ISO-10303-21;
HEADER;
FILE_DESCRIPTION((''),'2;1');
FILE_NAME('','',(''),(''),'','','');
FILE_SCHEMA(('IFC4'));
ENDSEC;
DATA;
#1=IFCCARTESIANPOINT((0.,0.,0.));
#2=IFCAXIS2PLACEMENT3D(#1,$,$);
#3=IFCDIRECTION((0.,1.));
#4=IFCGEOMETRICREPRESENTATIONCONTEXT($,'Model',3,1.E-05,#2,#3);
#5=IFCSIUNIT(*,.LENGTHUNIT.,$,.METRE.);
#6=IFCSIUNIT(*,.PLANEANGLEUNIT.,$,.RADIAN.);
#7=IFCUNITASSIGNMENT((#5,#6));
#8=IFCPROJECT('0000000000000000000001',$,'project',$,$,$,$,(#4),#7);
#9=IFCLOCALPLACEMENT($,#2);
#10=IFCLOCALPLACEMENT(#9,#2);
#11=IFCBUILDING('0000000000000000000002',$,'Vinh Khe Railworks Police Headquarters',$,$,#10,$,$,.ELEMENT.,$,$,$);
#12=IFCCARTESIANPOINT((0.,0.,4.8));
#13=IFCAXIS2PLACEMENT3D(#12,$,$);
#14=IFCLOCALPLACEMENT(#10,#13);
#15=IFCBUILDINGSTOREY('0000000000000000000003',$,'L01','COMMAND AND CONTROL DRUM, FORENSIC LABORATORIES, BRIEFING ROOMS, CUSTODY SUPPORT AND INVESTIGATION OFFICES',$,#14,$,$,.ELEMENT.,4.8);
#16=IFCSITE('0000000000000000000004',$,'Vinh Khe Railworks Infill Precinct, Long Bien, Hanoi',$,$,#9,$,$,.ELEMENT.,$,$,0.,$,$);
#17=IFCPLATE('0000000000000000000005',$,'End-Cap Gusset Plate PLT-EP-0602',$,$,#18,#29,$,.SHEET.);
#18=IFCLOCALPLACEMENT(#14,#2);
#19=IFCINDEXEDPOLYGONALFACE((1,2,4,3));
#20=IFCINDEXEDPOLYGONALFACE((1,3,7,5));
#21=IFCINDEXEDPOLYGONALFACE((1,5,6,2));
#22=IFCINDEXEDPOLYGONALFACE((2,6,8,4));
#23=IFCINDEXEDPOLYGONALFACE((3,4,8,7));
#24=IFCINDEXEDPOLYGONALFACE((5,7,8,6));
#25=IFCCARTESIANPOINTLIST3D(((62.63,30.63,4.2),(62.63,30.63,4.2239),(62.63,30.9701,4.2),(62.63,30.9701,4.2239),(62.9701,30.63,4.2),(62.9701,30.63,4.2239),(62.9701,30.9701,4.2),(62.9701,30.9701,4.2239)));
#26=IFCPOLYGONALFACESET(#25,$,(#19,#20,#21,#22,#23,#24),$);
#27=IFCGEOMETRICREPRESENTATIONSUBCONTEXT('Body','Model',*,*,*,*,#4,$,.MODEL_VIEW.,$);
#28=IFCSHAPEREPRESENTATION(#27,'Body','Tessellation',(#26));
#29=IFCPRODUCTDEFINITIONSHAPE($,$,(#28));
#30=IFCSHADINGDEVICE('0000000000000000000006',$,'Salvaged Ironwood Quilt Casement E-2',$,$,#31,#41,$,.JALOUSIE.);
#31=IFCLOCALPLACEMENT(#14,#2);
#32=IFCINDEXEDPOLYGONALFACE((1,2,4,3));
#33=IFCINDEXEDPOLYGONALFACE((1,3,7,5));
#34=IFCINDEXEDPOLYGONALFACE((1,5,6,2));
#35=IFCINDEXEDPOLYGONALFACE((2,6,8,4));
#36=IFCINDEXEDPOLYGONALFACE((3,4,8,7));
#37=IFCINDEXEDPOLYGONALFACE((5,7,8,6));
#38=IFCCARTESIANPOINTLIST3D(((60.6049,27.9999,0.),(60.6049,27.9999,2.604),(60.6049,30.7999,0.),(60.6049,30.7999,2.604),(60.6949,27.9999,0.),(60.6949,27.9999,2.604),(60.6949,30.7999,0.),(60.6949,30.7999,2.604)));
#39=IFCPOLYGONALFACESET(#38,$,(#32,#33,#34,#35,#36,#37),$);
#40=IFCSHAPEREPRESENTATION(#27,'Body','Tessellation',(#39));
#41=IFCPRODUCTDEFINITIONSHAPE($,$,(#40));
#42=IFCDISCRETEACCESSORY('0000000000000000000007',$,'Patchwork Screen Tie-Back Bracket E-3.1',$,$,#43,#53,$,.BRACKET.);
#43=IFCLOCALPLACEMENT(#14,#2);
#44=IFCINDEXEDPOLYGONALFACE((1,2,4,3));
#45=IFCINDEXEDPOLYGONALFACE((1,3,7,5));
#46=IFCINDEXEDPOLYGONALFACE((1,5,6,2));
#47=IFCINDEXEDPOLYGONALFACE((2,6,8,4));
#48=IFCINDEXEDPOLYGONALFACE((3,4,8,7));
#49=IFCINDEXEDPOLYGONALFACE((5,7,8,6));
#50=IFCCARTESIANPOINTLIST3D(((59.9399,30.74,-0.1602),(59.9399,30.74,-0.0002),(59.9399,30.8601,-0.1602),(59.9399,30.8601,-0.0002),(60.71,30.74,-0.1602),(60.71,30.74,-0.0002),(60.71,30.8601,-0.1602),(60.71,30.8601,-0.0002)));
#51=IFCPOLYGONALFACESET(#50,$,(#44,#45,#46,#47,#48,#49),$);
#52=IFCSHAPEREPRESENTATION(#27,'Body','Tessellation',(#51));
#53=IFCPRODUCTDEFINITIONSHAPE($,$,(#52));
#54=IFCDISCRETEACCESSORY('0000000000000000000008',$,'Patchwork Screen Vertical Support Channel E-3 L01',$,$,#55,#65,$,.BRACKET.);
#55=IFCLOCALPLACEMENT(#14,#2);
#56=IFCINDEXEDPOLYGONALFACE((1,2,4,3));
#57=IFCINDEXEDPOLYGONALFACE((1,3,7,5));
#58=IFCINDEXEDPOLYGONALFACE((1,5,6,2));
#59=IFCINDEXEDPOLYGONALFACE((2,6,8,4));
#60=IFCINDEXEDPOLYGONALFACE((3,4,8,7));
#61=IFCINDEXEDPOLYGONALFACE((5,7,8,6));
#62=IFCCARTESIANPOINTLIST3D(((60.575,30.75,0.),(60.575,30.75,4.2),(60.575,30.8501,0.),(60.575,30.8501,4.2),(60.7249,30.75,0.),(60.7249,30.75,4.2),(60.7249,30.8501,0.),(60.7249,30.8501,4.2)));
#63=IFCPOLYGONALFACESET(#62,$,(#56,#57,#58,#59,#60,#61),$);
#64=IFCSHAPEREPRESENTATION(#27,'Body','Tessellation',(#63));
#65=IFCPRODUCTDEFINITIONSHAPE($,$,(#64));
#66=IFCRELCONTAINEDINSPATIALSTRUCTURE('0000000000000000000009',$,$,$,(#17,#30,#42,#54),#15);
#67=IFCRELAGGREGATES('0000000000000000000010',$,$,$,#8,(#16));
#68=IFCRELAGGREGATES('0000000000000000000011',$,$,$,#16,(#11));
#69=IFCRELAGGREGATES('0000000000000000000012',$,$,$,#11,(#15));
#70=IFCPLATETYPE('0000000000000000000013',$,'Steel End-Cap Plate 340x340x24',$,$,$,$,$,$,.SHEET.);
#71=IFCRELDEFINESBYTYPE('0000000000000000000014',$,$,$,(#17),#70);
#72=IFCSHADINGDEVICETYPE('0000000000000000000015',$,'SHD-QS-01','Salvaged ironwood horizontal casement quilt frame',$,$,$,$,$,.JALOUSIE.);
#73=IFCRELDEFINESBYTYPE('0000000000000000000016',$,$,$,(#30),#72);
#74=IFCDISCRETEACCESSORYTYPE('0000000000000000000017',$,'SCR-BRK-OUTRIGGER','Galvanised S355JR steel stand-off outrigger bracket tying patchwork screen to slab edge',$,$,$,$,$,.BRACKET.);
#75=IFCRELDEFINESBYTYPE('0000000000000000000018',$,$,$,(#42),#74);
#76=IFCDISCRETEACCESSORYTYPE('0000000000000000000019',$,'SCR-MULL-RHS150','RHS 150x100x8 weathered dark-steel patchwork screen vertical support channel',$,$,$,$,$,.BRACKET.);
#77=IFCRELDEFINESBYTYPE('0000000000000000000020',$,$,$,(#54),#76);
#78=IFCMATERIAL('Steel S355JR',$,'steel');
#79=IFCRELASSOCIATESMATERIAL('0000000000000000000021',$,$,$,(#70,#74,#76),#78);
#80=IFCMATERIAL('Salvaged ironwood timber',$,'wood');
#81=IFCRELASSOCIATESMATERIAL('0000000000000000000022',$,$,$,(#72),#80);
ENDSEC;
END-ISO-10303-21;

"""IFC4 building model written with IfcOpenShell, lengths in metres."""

from ifc_helpers import new_model, si_unit, direction, frame, origin, origin_2d, place, context, subcontext, project, spatial, rectangle, extrude, material, material_profile, profile_set, type_object, element, save


model = new_model("IFC4")

# Units and contexts
model_context = context("Model", 3, precision=1e-05, world=origin(), true_north=direction((0.0, 1.0)))
body_context = subcontext(model_context, "Body", "Model", "MODEL_VIEW")
ifc_project = project(units=[si_unit("LENGTHUNIT", "METRE"), si_unit("PLANEANGLEUNIT", "RADIAN")], contexts=[model_context])

# Site, building, storey
site_placement = place(None, origin())
site = spatial("IfcSite", under=ifc_project, at=site_placement, Name="Vinh Khe Railworks Infill Precinct, Long Bien, Hanoi", CompositionType="ELEMENT", RefElevation=0.0)
building_placement = place(site_placement, origin())
building = spatial("IfcBuilding", under=site, at=building_placement, Name="Vinh Khe Railworks Police Headquarters", CompositionType="ELEMENT")
storey_placement = place(building_placement, frame((0.0, 0.0, 4.8)))
storey = spatial("IfcBuildingStorey", under=building, at=storey_placement, Name="L01", Description="COMMAND AND CONTROL DRUM, FORENSIC LABORATORIES, BRIEFING ROOMS, CUSTODY SUPPORT AND INVESTIGATION OFFICES", CompositionType="ELEMENT", Elevation=4.8)

# Shared definitions
ifc_material_1 = material(Name="Steel S355JR", Category="steel")

# Shared definitions
ifc_material_2 = material(Name="Salvaged ironwood timber", Category="wood")

# Plate
ifc_material_profile_1 = material_profile(ifc_material_1, rectangle(XDim=0.3401, YDim=0.3401, at=origin_2d()), Name="PL 340x340")
ifc_profile_set_1 = profile_set([ifc_material_profile_1], Name="Steel S355JR")
plate_type_1 = type_object("IfcPlateType", Name="Steel End-Cap Plate 340x340x24", PredefinedType="SHEET", material=ifc_profile_set_1)
plate_1_placement = place(storey_placement, frame((62.8, 30.8, 4.2), z_axis=(0.0, 0.0, 1.0), x_axis=(1.0, 0.0, 0.0)))
element("IfcPlate", 1, at=plate_1_placement, inside=storey, type_object=plate_type_1, Name="End-Cap Gusset Plate PLT-EP-0602", PredefinedType="SHEET", context=body_context, shape_type="SweptSolid", body=[
    extrude(rectangle(XDim=0.3401, YDim=0.3401, at=origin_2d()), origin(), (0.0, 0.0, 1.0), 0.0239),
])

# Shading device
shading_device_type = type_object("IfcShadingDeviceType", Name="SHD-QS-01", Description="Salvaged ironwood horizontal casement quilt frame", PredefinedType="JALOUSIE", material=ifc_material_2)
shading_device_placement = place(storey_placement, frame((60.6499, 29.3999, 0.0), z_axis=(0.0, 0.0, 1.0), x_axis=(0.0, 1.0, 0.0)))
element("IfcShadingDevice", 2, at=shading_device_placement, inside=storey, type_object=shading_device_type, Name="Salvaged Ironwood Quilt Casement E-2", PredefinedType="JALOUSIE", context=body_context, shape_type="SweptSolid", body=[
    extrude(rectangle(XDim=2.8, YDim=0.0901, at=origin_2d()), origin(), (0.0, 0.0, 1.0), 2.604),
])

# Discrete accessories
discrete_accessory_type_1 = type_object("IfcDiscreteAccessoryType", Name="SCR-BRK-OUTRIGGER", Description="Galvanised S355JR steel stand-off outrigger bracket tying patchwork screen to slab edge", PredefinedType="BRACKET", material=ifc_material_1)
discrete_accessory_1_placement = place(storey_placement, frame((60.325, 30.8, -0.1602), z_axis=(0.0, 0.0, 1.0), x_axis=(1.0, 0.0, 0.0)))
element("IfcDiscreteAccessory", 3, at=discrete_accessory_1_placement, inside=storey, type_object=discrete_accessory_type_1, Name="Patchwork Screen Tie-Back Bracket E-3.1", PredefinedType="BRACKET", context=body_context, shape_type="SweptSolid", body=[
    extrude(rectangle(XDim=0.77, YDim=0.1201, at=origin_2d()), origin(), (0.0, 0.0, 1.0), 0.1599),
])
discrete_accessory_type_2 = type_object("IfcDiscreteAccessoryType", Name="SCR-MULL-RHS150", Description="RHS 150x100x8 weathered dark-steel patchwork screen vertical support channel", PredefinedType="BRACKET", material=ifc_material_1)
discrete_accessory_2_placement = place(storey_placement, frame((60.6499, 30.8, 0.0), z_axis=(0.0, 0.0, 1.0), x_axis=(1.0, 0.0, 0.0)))
element("IfcDiscreteAccessory", 4, at=discrete_accessory_2_placement, inside=storey, type_object=discrete_accessory_type_2, Name="Patchwork Screen Vertical Support Channel E-3 L01", PredefinedType="BRACKET", context=body_context, shape_type="SweptSolid", body=[
    extrude(rectangle(XDim=0.1499, YDim=0.1001, at=origin_2d()), origin(), (0.0, 0.0, 1.0), 4.2),
])

save(model, "model.ifc")
